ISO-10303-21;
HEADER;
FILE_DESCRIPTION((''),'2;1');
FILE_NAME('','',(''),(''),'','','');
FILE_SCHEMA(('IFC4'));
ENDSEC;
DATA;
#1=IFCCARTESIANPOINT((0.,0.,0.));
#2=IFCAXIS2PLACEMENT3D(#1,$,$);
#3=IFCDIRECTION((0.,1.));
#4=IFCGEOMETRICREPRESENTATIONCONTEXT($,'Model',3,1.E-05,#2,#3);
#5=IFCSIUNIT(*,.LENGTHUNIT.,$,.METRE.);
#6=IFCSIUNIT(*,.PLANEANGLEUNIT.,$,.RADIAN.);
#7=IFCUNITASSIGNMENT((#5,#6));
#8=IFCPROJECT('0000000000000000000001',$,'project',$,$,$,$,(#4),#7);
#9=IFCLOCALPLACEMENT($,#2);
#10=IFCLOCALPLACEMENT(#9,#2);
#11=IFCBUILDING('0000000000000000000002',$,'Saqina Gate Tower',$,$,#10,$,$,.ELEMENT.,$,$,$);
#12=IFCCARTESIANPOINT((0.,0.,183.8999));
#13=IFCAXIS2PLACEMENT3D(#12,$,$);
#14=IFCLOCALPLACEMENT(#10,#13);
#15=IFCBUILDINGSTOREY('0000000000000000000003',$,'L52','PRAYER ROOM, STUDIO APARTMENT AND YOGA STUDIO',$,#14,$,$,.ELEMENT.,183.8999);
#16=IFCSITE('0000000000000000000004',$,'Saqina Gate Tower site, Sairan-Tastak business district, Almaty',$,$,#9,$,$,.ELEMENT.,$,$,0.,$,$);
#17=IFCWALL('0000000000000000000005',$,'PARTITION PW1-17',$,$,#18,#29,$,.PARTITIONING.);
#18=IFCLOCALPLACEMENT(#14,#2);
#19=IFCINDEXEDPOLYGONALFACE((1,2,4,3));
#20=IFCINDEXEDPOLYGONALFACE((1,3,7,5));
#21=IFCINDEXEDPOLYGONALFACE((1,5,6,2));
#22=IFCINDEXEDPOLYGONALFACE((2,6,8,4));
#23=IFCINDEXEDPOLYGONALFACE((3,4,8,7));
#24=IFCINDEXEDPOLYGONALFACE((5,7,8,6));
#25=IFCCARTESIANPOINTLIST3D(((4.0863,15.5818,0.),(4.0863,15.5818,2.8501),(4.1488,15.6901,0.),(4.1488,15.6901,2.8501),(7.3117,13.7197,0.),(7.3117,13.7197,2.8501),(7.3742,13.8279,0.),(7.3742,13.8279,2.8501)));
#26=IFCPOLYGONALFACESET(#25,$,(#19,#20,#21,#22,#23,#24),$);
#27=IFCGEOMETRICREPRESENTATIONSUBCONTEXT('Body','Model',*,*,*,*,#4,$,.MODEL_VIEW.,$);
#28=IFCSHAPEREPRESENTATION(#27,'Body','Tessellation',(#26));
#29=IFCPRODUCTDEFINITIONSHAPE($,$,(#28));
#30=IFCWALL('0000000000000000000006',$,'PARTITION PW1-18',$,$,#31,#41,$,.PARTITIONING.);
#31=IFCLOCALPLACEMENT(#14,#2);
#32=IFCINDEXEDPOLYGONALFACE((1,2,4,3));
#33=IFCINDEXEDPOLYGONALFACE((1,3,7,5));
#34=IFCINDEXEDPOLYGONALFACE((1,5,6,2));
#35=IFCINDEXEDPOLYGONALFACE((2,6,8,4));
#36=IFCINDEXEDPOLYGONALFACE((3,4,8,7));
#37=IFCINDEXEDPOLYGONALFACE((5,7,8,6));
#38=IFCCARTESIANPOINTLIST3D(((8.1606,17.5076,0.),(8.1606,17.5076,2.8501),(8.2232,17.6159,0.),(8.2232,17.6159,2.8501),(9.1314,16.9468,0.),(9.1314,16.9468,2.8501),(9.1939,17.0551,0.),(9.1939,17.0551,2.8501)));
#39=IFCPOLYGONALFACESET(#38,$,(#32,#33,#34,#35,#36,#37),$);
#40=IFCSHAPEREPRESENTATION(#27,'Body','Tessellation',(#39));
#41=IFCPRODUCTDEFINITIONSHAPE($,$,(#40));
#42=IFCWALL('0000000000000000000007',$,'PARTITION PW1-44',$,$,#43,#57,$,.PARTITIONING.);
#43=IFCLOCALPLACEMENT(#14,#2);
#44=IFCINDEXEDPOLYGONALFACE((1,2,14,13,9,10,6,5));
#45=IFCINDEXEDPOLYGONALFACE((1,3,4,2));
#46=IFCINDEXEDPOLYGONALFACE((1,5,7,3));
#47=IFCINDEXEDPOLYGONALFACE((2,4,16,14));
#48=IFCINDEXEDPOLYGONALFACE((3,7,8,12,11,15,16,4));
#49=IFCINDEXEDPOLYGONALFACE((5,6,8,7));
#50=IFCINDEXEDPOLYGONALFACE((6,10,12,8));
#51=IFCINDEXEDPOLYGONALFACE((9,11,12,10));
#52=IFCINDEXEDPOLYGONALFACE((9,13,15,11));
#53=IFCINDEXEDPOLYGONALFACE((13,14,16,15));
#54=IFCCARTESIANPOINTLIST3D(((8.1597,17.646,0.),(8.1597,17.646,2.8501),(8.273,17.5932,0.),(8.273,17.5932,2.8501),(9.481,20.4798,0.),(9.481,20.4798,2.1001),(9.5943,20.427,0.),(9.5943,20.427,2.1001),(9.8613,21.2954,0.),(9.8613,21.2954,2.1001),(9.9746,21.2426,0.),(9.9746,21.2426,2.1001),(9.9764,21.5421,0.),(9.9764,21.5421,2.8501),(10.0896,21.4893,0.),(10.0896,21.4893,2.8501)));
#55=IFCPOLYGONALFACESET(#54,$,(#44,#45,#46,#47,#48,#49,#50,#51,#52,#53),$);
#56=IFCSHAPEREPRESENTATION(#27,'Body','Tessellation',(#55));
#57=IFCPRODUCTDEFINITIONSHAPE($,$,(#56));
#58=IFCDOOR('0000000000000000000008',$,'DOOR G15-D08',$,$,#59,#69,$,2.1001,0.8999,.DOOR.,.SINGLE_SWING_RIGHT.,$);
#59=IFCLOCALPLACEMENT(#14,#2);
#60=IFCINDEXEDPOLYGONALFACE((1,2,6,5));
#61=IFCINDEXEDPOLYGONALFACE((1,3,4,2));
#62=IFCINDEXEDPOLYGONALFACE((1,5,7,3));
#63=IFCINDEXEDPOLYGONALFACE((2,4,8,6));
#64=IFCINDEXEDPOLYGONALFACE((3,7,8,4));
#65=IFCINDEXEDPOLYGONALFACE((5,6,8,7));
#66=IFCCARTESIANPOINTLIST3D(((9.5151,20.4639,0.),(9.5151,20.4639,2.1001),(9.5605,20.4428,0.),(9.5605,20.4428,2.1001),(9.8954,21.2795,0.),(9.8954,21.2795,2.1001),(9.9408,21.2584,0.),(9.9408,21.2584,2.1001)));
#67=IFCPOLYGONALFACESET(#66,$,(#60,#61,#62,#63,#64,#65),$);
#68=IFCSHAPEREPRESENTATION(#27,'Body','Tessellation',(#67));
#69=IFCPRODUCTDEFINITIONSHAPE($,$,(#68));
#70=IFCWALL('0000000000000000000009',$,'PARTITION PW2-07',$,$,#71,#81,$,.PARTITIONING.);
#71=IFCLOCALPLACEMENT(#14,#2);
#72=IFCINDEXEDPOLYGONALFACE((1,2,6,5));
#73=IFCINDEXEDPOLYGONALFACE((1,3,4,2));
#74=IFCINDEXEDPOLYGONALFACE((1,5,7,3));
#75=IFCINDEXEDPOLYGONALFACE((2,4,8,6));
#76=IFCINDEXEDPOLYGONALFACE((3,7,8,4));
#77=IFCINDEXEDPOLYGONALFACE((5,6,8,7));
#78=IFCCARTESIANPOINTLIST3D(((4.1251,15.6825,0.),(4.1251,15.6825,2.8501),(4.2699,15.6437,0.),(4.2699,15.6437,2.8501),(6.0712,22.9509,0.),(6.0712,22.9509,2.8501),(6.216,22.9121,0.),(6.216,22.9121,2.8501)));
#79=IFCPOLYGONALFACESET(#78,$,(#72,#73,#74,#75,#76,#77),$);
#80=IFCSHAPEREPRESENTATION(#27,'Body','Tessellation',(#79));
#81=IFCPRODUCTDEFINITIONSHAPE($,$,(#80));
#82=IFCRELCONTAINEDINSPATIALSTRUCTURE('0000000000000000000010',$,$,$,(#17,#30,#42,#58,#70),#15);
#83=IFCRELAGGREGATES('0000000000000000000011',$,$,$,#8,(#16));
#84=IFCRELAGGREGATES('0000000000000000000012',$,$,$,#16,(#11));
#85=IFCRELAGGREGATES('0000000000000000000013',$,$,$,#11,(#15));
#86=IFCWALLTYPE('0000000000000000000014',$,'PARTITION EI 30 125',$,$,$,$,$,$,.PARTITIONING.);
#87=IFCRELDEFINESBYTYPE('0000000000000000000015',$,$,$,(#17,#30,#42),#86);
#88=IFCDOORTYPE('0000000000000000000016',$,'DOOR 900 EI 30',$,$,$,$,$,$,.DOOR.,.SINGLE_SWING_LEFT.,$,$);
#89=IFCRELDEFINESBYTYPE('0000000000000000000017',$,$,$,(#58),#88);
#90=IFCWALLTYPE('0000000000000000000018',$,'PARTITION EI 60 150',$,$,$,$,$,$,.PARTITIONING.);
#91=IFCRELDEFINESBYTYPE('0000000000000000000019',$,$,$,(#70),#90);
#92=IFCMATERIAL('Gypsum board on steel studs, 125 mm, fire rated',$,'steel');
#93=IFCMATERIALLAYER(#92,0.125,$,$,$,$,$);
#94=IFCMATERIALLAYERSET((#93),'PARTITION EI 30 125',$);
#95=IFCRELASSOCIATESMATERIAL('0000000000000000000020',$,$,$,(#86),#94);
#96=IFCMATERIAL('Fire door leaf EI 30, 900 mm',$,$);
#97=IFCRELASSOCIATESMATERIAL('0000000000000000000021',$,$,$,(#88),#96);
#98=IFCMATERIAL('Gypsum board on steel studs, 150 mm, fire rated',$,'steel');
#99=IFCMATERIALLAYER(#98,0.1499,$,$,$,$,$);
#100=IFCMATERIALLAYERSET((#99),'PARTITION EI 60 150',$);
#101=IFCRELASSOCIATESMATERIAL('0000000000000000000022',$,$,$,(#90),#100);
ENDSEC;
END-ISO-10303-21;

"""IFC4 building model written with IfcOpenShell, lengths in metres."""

from ifc_helpers import new_model, si_unit, direction, frame, frame_2d, origin, place, context, subcontext, project, spatial, rectangle, extrude, material, layer, layer_set, type_object, element, fill, save


model = new_model("IFC4")

# Units and contexts
model_context = context("Model", 3, precision=1e-05, world=origin(), true_north=direction((0.0, 1.0)))
body_context = subcontext(model_context, "Body", "Model", "MODEL_VIEW")
ifc_project = project(units=[si_unit("LENGTHUNIT", "METRE"), si_unit("PLANEANGLEUNIT", "RADIAN")], contexts=[model_context])

# Site, building, storey
site_placement = place(None, origin())
site = spatial("IfcSite", under=ifc_project, at=site_placement, Name="Saqina Gate Tower site, Sairan-Tastak business district, Almaty", CompositionType="ELEMENT", RefElevation=0.0)
building_placement = place(site_placement, origin())
building = spatial("IfcBuilding", under=site, at=building_placement, Name="Saqina Gate Tower", CompositionType="ELEMENT")
storey_placement = place(building_placement, frame((0.0, 0.0, 183.8999)))
storey = spatial("IfcBuildingStorey", under=building, at=storey_placement, Name="L52", Description="PRAYER ROOM, STUDIO APARTMENT AND YOGA STUDIO", CompositionType="ELEMENT", Elevation=183.8999)

# Shared definitions
ifc_material_1 = material(Name="Gypsum board on steel studs, 125 mm, fire rated", Category="steel")
ifc_layer_1 = layer(ifc_material_1, 0.125)
ifc_layer_set_1 = layer_set([ifc_layer_1], Name="PARTITION EI 30 125")
wall_type_1 = type_object("IfcWallType", Name="PARTITION EI 30 125", PredefinedType="PARTITIONING", material=ifc_layer_set_1)

# Walls
wall_1_placement = place(storey_placement, frame((4.1174, 15.636, 0.0), z_axis=(0.0, 0.0, 1.0), x_axis=(0.866036, -0.499982, 0.0)))
element("IfcWall", 1, at=wall_1_placement, inside=storey, type_object=wall_type_1, Name="PARTITION PW1-17", PredefinedType="PARTITIONING", context=body_context, shape_type="SweptSolid", body=[
    extrude(rectangle(XDim=3.7244, YDim=0.125, at=frame_2d((1.8623, 0.0))), origin(), (0.0, 0.0, 1.0), 2.8501),
])
wall_2_placement = place(storey_placement, frame((8.1919, 17.5618, 0.0), z_axis=(0.0, 0.0, 1.0), x_axis=(0.865888, -0.500238, 0.0)))
element("IfcWall", 2, at=wall_2_placement, inside=storey, type_object=wall_type_1, Name="PARTITION PW1-18", PredefinedType="PARTITIONING", context=body_context, shape_type="SweptSolid", body=[
    extrude(rectangle(XDim=1.1211, YDim=0.125, at=frame_2d((0.5605, 0.0))), origin(), (0.0, 0.0, 1.0), 2.8501),
])

# Wall, opening, door
wall_3_placement = place(storey_placement, frame((8.2163, 17.6196, 0.0), z_axis=(0.0, 0.0, 1.0), x_axis=(0.422603, 0.906315, 0.0)))
wall_3 = element("IfcWall", 3, at=wall_3_placement, inside=storey, type_object=wall_type_1, Name="PARTITION PW1-44", PredefinedType="PARTITIONING", context=body_context, shape_type="SweptSolid", body=[
    extrude(rectangle(XDim=4.2988, YDim=0.125, at=frame_2d((2.1494, 0.0))), origin(), (0.0, 0.0, 1.0), 2.8501),
])
opening_1_placement = place(wall_3_placement, frame((3.1267, 0.0, 0.0)))
opening_1 = element("IfcOpeningElement", 4, at=opening_1_placement, cuts=wall_3, PredefinedType="OPENING", context=body_context, shape_type="SweptSolid", body=[
    extrude(rectangle(XDim=0.8999, YDim=2.1001, at=frame_2d((0.45, 1.05))), frame((0.0, 0.0745, 0.0), z_axis=(0.0, -1.0, 0.0), x_axis=(1.0, 0.0, 0.0)), (0.0, 0.0, 1.0), 0.1489),
])
ifc_material_2 = material(Name="Fire door leaf EI 30, 900 mm")
door_type_1 = type_object("IfcDoorType", Name="DOOR 900 EI 30", OperationType="SINGLE_SWING_LEFT", PredefinedType="DOOR", material=ifc_material_2)
door_1_placement = place(opening_1_placement, origin())
door_1 = element("IfcDoor", 5, at=door_1_placement, inside=storey, type_object=door_type_1, Name="DOOR G15-D08", OperationType="SINGLE_SWING_RIGHT", OverallHeight=2.1001, OverallWidth=0.8999, PredefinedType="DOOR", context=body_context, shape_type="SweptSolid", body=[
    extrude(rectangle(XDim=0.8999, YDim=2.1001, at=frame_2d((0.45, 1.05))), frame((0.0, 0.0249, 0.0), z_axis=(0.0, -1.0, 0.0), x_axis=(1.0, 0.0, 0.0)), (0.0, 0.0, 1.0), 0.05),
])
fill(opening_1, door_1)

# Wall
ifc_material_3 = material(Name="Gypsum board on steel studs, 150 mm, fire rated", Category="steel")
ifc_layer_2 = layer(ifc_material_3, 0.1499)
ifc_layer_set_2 = layer_set([ifc_layer_2], Name="PARTITION EI 60 150")
wall_type_2 = type_object("IfcWallType", Name="PARTITION EI 60 150", PredefinedType="PARTITIONING", material=ifc_layer_set_2)
wall_4_placement = place(storey_placement, frame((4.1975, 15.6631, 0.0), z_axis=(0.0, 0.0, 1.0), x_axis=(0.258634, 0.965975, 0.0)))
element("IfcWall", 6, at=wall_4_placement, inside=storey, type_object=wall_type_2, Name="PARTITION PW2-07", PredefinedType="PARTITIONING", context=body_context, shape_type="SweptSolid", body=[
    extrude(rectangle(XDim=7.5244, YDim=0.1499, at=frame_2d((3.7622, 0.0))), origin(), (0.0, 0.0, 1.0), 2.8501),
])

save(model, "model.ifc")
